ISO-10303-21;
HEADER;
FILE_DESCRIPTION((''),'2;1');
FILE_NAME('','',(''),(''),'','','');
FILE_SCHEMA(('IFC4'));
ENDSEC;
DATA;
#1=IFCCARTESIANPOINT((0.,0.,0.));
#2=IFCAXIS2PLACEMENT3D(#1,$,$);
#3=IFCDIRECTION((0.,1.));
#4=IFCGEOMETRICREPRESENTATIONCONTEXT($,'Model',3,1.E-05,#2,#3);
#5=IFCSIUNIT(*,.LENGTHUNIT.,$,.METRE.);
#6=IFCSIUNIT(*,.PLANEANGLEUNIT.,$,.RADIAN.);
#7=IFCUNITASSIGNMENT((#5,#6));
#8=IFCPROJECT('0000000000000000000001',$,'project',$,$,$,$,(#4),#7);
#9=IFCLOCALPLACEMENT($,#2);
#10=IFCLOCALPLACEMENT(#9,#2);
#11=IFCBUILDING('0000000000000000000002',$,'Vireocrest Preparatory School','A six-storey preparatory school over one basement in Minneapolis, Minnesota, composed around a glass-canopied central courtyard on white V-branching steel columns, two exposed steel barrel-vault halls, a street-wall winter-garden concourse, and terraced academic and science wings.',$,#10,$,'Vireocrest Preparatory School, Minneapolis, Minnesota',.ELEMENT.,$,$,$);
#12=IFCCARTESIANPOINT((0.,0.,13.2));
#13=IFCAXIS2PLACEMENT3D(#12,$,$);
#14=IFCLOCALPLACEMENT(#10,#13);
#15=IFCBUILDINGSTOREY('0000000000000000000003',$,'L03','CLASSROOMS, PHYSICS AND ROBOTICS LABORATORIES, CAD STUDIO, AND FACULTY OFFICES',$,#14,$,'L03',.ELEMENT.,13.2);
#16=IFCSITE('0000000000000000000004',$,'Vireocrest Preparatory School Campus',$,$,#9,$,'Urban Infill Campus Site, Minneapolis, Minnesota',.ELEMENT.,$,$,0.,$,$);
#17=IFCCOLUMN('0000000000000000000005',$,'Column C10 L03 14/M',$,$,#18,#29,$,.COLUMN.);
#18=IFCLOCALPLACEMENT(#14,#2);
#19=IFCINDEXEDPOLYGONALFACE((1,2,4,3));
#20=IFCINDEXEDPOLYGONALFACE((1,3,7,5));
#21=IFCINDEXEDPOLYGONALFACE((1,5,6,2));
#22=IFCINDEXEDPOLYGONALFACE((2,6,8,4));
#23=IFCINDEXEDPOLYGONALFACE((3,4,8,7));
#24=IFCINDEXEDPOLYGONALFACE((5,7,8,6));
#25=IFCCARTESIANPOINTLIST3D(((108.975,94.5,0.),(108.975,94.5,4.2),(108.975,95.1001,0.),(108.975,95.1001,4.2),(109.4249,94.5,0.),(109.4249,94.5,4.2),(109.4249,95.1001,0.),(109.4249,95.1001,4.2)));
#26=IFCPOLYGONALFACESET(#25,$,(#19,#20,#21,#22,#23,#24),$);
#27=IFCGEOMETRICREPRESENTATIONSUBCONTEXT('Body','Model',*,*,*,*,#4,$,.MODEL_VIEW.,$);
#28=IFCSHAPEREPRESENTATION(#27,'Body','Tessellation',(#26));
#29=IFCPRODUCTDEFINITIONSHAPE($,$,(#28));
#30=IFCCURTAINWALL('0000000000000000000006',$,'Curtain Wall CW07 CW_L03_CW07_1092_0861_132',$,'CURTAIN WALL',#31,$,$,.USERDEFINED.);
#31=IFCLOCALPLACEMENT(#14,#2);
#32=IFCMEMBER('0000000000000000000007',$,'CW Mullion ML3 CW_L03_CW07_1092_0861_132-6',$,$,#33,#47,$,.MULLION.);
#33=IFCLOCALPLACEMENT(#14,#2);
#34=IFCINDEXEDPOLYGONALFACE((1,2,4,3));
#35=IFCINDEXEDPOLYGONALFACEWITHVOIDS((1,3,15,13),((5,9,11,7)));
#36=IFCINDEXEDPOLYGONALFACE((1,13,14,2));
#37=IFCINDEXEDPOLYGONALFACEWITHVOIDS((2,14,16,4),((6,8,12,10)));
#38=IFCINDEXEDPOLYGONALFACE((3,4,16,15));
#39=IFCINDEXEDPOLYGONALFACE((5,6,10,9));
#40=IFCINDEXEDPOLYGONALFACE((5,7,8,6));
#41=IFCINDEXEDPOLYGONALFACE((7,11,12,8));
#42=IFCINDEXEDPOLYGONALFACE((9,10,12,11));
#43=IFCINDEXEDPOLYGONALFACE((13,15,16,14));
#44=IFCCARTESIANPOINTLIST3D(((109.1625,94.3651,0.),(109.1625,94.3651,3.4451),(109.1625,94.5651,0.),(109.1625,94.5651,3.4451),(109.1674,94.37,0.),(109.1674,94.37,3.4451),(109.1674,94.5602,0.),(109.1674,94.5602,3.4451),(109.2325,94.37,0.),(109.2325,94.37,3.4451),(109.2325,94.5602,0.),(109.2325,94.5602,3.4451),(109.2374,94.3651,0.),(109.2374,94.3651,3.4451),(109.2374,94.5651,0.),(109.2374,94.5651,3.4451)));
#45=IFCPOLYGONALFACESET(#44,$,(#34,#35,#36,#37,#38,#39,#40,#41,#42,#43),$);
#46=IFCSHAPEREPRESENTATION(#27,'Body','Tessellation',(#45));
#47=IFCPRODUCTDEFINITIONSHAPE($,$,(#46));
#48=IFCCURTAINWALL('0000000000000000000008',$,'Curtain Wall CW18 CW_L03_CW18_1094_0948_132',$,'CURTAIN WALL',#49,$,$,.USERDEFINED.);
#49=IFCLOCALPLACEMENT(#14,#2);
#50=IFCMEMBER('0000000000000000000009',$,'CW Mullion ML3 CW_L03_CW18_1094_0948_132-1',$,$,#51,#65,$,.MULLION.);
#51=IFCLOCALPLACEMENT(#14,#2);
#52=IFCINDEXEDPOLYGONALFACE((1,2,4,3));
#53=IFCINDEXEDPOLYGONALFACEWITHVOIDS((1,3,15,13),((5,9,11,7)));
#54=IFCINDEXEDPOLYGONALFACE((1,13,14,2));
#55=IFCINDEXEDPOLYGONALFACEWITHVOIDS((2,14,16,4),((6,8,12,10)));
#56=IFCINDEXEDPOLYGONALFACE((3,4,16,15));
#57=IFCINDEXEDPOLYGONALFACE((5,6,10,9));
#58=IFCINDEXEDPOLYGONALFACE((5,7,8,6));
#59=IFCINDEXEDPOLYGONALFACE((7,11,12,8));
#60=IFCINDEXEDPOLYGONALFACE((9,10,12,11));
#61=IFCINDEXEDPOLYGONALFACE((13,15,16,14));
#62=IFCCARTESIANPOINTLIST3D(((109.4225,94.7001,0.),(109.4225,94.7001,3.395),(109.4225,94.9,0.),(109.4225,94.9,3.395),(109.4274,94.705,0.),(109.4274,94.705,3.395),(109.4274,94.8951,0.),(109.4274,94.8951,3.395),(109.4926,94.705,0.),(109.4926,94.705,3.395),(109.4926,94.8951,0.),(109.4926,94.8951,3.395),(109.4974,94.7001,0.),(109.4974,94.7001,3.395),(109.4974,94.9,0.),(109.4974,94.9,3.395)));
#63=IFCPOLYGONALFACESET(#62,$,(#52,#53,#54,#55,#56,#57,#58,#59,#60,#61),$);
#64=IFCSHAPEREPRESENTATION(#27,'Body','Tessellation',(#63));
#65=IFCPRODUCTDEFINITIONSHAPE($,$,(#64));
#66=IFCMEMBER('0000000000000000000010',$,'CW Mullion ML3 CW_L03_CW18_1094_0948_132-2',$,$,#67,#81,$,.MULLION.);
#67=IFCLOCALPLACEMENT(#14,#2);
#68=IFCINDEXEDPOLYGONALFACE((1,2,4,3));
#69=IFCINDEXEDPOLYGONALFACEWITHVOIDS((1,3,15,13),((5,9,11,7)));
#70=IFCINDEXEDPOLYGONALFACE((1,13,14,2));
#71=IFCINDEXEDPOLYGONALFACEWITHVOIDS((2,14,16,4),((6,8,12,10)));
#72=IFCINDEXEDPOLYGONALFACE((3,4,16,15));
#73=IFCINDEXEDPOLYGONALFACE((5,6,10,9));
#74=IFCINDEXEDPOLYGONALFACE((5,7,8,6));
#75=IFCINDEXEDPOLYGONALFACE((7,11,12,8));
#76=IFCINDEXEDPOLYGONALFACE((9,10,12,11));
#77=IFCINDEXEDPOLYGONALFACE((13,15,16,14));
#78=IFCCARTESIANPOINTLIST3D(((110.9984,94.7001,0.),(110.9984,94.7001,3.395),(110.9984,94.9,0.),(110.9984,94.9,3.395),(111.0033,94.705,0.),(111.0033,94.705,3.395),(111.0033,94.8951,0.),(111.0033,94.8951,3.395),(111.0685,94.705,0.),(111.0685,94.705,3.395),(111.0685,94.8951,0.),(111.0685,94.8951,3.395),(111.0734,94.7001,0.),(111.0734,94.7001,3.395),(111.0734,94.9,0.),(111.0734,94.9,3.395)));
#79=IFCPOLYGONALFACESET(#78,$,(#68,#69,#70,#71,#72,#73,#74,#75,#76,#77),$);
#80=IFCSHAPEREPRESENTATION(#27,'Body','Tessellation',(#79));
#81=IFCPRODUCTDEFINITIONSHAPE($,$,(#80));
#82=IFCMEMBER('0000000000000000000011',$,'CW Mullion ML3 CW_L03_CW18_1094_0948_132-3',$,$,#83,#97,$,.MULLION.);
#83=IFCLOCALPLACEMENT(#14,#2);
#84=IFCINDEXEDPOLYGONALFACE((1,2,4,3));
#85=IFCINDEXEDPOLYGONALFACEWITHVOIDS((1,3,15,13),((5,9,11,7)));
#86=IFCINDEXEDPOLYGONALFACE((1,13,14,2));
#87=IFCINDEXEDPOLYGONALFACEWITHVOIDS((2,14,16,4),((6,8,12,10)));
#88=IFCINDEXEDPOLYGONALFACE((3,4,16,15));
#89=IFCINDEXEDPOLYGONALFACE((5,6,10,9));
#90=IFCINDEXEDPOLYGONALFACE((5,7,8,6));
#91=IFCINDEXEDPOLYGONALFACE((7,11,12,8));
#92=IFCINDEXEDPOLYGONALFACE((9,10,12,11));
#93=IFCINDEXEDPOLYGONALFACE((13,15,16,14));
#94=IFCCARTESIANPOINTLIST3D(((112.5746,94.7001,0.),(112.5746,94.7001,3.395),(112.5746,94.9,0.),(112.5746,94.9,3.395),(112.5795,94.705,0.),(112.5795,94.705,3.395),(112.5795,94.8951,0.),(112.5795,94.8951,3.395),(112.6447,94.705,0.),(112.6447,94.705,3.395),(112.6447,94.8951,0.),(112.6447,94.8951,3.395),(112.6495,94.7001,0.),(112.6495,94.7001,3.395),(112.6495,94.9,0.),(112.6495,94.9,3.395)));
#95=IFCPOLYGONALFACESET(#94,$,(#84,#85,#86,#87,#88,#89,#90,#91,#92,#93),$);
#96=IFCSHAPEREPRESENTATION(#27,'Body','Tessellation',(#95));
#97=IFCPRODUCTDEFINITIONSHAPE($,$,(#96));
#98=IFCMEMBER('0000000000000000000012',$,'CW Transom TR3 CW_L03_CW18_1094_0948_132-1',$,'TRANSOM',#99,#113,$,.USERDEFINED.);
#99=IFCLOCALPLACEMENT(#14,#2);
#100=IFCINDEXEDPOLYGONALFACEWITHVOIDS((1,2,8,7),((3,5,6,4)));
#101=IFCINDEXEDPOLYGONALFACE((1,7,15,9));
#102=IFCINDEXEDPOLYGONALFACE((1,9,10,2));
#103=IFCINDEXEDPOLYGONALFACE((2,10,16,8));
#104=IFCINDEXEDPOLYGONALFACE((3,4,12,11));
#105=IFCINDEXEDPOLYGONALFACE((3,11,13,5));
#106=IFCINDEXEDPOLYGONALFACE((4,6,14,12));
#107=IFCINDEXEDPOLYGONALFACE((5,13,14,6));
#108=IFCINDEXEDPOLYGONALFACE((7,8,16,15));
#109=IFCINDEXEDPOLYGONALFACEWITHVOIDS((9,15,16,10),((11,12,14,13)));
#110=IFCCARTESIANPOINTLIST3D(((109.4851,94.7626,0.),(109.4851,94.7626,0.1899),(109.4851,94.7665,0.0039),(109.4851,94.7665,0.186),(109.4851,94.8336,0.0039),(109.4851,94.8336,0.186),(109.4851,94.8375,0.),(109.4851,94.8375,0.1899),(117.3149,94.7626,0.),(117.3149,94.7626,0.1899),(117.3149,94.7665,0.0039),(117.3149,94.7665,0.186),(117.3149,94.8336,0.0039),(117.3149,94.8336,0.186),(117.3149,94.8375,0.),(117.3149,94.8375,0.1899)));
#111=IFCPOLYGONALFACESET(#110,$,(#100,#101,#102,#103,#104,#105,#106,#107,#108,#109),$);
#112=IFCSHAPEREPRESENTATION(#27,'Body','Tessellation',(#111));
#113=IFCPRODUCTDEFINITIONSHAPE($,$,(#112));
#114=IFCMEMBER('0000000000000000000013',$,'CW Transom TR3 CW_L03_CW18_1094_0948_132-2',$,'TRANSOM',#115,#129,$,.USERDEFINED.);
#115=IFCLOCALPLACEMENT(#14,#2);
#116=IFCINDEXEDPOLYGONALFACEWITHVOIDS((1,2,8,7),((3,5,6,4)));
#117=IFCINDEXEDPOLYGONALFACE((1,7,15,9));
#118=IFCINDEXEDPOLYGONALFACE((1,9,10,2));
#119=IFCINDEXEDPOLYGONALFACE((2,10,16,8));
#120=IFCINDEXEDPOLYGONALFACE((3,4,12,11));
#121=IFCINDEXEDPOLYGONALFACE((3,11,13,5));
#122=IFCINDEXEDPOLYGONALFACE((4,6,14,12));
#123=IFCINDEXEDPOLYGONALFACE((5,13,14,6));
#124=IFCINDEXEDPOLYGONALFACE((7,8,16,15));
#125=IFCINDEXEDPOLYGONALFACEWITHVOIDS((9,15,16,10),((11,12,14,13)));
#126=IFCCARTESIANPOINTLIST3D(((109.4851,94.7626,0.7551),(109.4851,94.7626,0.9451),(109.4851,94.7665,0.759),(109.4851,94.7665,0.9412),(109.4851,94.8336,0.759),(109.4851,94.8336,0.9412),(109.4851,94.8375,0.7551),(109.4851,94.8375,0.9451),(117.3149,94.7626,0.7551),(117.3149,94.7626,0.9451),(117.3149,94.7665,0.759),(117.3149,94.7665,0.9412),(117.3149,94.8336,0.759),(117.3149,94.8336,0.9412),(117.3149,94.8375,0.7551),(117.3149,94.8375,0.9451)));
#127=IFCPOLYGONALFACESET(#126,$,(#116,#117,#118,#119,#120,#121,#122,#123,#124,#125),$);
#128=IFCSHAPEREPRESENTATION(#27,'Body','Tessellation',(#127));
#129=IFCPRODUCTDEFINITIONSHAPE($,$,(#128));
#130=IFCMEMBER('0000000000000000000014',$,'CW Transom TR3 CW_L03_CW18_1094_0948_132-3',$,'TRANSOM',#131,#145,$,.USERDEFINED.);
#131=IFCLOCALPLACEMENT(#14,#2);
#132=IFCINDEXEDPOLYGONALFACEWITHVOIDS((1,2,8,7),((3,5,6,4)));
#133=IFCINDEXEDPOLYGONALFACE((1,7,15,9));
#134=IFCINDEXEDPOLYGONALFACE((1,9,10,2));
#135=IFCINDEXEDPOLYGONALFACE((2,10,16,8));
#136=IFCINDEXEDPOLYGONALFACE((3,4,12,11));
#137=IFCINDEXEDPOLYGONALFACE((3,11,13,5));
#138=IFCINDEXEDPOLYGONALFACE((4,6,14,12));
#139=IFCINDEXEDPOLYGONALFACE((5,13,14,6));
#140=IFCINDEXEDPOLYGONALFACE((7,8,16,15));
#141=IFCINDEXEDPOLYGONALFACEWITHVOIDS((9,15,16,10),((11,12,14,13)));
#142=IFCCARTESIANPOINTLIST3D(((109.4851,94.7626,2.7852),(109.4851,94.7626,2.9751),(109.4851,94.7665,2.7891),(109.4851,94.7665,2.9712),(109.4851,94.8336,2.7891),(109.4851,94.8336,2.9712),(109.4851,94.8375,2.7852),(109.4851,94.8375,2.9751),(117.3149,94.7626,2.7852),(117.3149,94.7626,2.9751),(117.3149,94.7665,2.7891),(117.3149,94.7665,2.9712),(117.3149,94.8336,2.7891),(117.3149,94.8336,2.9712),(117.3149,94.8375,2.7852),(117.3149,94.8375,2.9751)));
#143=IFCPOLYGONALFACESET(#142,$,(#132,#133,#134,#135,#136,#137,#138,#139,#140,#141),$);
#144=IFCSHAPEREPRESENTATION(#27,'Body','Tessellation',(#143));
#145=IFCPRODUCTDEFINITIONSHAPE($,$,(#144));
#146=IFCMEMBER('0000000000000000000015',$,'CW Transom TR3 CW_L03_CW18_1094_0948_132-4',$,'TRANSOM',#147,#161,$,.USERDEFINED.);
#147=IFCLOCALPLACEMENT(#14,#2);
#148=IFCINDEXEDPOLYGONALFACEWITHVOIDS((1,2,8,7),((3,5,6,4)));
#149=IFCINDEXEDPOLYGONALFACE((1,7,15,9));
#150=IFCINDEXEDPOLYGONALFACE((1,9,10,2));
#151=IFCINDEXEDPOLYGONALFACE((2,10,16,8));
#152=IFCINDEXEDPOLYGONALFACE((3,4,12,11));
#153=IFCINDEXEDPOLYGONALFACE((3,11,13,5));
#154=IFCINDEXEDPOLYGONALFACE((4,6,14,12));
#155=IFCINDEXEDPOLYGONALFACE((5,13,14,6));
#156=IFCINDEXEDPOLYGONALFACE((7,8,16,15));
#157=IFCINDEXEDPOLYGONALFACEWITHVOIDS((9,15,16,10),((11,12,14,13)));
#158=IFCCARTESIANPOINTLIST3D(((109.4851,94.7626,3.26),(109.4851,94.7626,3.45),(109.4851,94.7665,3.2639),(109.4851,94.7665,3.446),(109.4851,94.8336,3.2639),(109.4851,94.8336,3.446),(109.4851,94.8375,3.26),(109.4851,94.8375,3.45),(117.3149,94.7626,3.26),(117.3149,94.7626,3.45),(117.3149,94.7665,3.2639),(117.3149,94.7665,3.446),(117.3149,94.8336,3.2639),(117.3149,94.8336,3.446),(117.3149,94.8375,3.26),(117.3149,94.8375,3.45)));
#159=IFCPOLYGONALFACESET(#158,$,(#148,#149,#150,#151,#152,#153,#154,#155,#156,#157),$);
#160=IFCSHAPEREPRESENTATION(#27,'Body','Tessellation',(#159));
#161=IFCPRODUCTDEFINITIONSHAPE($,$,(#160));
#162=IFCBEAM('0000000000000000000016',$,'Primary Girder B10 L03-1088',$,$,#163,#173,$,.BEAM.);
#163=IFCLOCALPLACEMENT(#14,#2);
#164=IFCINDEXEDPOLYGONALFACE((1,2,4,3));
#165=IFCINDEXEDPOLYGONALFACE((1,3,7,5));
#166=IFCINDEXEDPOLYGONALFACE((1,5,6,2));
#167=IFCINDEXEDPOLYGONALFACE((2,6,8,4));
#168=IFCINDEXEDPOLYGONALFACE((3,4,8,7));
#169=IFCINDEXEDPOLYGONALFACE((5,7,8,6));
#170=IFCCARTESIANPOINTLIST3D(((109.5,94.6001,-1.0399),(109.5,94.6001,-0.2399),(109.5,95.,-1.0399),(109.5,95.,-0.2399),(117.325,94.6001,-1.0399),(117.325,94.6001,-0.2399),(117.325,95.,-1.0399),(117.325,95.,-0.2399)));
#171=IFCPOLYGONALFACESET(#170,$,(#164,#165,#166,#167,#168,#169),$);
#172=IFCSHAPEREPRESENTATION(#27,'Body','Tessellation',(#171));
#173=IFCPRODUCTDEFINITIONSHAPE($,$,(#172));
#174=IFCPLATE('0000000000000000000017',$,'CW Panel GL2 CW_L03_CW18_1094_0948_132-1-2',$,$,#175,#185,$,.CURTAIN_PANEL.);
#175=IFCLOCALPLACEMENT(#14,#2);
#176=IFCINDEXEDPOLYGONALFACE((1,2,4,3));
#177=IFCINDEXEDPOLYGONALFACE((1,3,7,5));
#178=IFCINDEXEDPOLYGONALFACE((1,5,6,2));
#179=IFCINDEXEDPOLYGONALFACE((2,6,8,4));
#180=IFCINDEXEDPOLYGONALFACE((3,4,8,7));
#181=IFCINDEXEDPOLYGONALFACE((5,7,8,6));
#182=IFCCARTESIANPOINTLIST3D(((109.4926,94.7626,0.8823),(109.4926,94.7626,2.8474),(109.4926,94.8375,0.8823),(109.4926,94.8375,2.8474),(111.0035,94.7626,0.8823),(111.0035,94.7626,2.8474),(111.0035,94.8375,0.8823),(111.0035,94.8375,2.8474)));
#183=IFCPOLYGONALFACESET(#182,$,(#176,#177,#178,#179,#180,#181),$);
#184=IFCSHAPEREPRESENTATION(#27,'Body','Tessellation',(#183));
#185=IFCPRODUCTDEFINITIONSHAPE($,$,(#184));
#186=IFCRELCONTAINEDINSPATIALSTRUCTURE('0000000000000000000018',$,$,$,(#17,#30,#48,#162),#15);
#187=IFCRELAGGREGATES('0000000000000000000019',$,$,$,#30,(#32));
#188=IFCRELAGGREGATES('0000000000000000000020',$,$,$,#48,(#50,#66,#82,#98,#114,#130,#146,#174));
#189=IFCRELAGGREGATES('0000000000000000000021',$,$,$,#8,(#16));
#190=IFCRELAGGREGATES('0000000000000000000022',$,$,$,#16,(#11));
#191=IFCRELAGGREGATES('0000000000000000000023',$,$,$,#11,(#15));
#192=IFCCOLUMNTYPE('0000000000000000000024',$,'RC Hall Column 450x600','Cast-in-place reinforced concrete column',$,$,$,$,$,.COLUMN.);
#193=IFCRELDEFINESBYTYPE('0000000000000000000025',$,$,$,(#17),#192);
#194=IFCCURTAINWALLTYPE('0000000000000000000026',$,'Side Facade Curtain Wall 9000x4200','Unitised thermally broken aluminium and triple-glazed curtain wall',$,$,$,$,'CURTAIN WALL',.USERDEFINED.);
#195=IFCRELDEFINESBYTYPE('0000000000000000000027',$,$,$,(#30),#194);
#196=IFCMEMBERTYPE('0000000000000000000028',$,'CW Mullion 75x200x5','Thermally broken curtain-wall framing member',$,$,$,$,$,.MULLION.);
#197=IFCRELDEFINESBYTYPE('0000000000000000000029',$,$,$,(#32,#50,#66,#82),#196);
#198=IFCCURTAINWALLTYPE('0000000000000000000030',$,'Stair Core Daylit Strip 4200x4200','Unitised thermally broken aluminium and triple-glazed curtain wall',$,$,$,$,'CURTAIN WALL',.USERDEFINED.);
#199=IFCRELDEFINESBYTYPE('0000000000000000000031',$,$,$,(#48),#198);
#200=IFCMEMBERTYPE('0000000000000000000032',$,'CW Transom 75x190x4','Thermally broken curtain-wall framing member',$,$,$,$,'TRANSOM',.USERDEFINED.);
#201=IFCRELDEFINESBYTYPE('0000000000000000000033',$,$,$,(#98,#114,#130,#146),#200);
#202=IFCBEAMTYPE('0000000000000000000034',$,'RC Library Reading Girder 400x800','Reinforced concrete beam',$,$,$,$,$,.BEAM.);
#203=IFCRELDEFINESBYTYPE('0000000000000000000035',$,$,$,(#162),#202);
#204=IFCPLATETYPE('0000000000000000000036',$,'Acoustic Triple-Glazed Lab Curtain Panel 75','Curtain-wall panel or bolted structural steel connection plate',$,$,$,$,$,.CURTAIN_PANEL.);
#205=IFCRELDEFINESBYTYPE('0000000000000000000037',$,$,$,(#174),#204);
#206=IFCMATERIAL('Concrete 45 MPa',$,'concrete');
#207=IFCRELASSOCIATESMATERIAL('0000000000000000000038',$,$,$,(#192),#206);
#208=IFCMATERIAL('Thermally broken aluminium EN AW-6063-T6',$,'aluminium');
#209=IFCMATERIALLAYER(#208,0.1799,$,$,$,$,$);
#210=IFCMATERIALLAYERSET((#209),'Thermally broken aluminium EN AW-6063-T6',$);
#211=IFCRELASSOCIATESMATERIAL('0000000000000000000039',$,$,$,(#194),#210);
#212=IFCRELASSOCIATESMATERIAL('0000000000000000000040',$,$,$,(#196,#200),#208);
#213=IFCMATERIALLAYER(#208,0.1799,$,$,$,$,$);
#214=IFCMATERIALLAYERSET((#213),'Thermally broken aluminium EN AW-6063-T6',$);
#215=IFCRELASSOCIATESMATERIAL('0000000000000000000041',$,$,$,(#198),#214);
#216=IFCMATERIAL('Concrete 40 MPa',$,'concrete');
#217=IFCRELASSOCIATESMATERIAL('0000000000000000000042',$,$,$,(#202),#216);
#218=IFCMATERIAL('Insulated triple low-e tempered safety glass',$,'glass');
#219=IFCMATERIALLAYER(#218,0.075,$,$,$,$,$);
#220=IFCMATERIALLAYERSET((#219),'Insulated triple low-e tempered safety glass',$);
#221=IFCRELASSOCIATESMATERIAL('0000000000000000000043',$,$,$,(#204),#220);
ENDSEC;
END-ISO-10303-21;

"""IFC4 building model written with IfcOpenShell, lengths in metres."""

from ifc_helpers import new_model, si_unit, direction, frame, origin, origin_2d, place, context, subcontext, project, spatial, rectangle, hollow_rectangle, extrude, material, layer, layer_set, material_profile, profile_set, type_object, element, aggregate, save


model = new_model("IFC4")

# Units and contexts
model_context = context("Model", 3, precision=1e-05, world=origin(), true_north=direction((0.0, 1.0)))
body_context = subcontext(model_context, "Body", "Model", "MODEL_VIEW")
ifc_project = project(units=[si_unit("LENGTHUNIT", "METRE"), si_unit("PLANEANGLEUNIT", "RADIAN")], contexts=[model_context])

# Site, building, storey
site_placement = place(None, origin())
site = spatial("IfcSite", under=ifc_project, at=site_placement, Name="Vireocrest Preparatory School Campus", LongName="Urban Infill Campus Site, Minneapolis, Minnesota", CompositionType="ELEMENT", RefElevation=0.0)
building_placement = place(site_placement, origin())
building = spatial("IfcBuilding", under=site, at=building_placement, Name="Vireocrest Preparatory School", Description="A six-storey preparatory school over one basement in Minneapolis, Minnesota, composed around a glass-canopied central courtyard on white V-branching steel columns, two exposed steel barrel-vault halls, a street-wall winter-garden concourse, and terraced academic and science wings.", LongName="Vireocrest Preparatory School, Minneapolis, Minnesota", CompositionType="ELEMENT")
storey_placement = place(building_placement, frame((0.0, 0.0, 13.2)))
storey = spatial("IfcBuildingStorey", under=building, at=storey_placement, Name="L03", Description="CLASSROOMS, PHYSICS AND ROBOTICS LABORATORIES, CAD STUDIO, AND FACULTY OFFICES", LongName="L03", CompositionType="ELEMENT", Elevation=13.2)

# Column
ifc_material_1 = material(Name="Concrete 45 MPa", Category="concrete")
ifc_material_profile_1 = material_profile(ifc_material_1, rectangle(XDim=0.45, YDim=0.6001, at=origin_2d()), Name="RC 450x600")
ifc_profile_set_1 = profile_set([ifc_material_profile_1], Name="Concrete 45 MPa")
column_type = type_object("IfcColumnType", Name="RC Hall Column 450x600", Description="Cast-in-place reinforced concrete column", PredefinedType="COLUMN", material=ifc_profile_set_1)
column_placement = place(storey_placement, frame((109.2, 94.8, 0.0), z_axis=(0.0, 0.0, 1.0), x_axis=(1.0, 0.0, 0.0)))
element("IfcColumn", 1, at=column_placement, inside=storey, type_object=column_type, Name="Column C10 L03 14/M", PredefinedType="COLUMN", context=body_context, shape_type="SweptSolid", body=[
    extrude(rectangle(XDim=0.45, YDim=0.6001, at=origin_2d()), origin(), (0.0, 0.0, 1.0), 4.2),
])

# Curtain wall, member
ifc_material_2 = material(Name="Thermally broken aluminium EN AW-6063-T6", Category="aluminium")
ifc_layer_1 = layer(ifc_material_2, 0.1799)
ifc_layer_set_1 = layer_set([ifc_layer_1], Name="Thermally broken aluminium EN AW-6063-T6")
curtain_wall_type_1 = type_object("IfcCurtainWallType", Name="Side Facade Curtain Wall 9000x4200", Description="Unitised thermally broken aluminium and triple-glazed curtain wall", ElementType="CURTAIN WALL", PredefinedType="USERDEFINED", material=ifc_layer_set_1)
curtain_wall_1_placement = place(storey_placement, origin())
curtain_wall_1 = element("IfcCurtainWall", 2, at=curtain_wall_1_placement, inside=storey, type_object=curtain_wall_type_1, Name="Curtain Wall CW07 CW_L03_CW07_1092_0861_132", ObjectType="CURTAIN WALL", PredefinedType="USERDEFINED")
ifc_material_profile_2 = material_profile(ifc_material_2, hollow_rectangle(XDim=0.075, YDim=0.2, WallThickness=0.0049, at=origin_2d()), Name="ALU 75x200x5")
ifc_profile_set_2 = profile_set([ifc_material_profile_2], Name="Thermally broken aluminium EN AW-6063-T6")
member_type_1 = type_object("IfcMemberType", Name="CW Mullion 75x200x5", Description="Thermally broken curtain-wall framing member", PredefinedType="MULLION", material=ifc_profile_set_2)
member_1_placement = place(storey_placement, frame((109.2, 94.4651, 0.0), z_axis=(0.0, 0.0, 1.0), x_axis=(1.0, 0.0, 0.0)))
member_1 = element("IfcMember", 3, at=member_1_placement, type_object=member_type_1, Name="CW Mullion ML3 CW_L03_CW07_1092_0861_132-6", PredefinedType="MULLION", context=body_context, shape_type="SweptSolid", body=[
    extrude(hollow_rectangle(XDim=0.075, YDim=0.2, WallThickness=0.0049, at=origin_2d()), origin(), (0.0, 0.0, 1.0), 3.4451),
])
aggregate(curtain_wall_1, [member_1])

# Curtain wall, members
ifc_layer_2 = layer(ifc_material_2, 0.1799)
ifc_layer_set_2 = layer_set([ifc_layer_2], Name="Thermally broken aluminium EN AW-6063-T6")
curtain_wall_type_2 = type_object("IfcCurtainWallType", Name="Stair Core Daylit Strip 4200x4200", Description="Unitised thermally broken aluminium and triple-glazed curtain wall", ElementType="CURTAIN WALL", PredefinedType="USERDEFINED", material=ifc_layer_set_2)
curtain_wall_2_placement = place(storey_placement, origin())
curtain_wall_2 = element("IfcCurtainWall", 4, at=curtain_wall_2_placement, inside=storey, type_object=curtain_wall_type_2, Name="Curtain Wall CW18 CW_L03_CW18_1094_0948_132", ObjectType="CURTAIN WALL", PredefinedType="USERDEFINED")
member_2_placement = place(storey_placement, frame((109.46, 94.8, 0.0), z_axis=(0.0, 0.0, 1.0), x_axis=(1.0, 0.0, 0.0)))
member_2 = element("IfcMember", 5, at=member_2_placement, type_object=member_type_1, Name="CW Mullion ML3 CW_L03_CW18_1094_0948_132-1", PredefinedType="MULLION", context=body_context, shape_type="SweptSolid", body=[
    extrude(hollow_rectangle(XDim=0.075, YDim=0.2, WallThickness=0.0049, at=origin_2d()), origin(), (0.0, 0.0, 1.0), 3.395),
])
member_3_placement = place(storey_placement, frame((111.0359, 94.8, 0.0), z_axis=(0.0, 0.0, 1.0), x_axis=(1.0, 0.0, 0.0)))
member_3 = element("IfcMember", 6, at=member_3_placement, type_object=member_type_1, Name="CW Mullion ML3 CW_L03_CW18_1094_0948_132-2", PredefinedType="MULLION", context=body_context, shape_type="SweptSolid", body=[
    extrude(hollow_rectangle(XDim=0.075, YDim=0.2, WallThickness=0.0049, at=origin_2d()), origin(), (0.0, 0.0, 1.0), 3.395),
])
member_4_placement = place(storey_placement, frame((112.6121, 94.8, 0.0), z_axis=(0.0, 0.0, 1.0), x_axis=(1.0, 0.0, 0.0)))
member_4 = element("IfcMember", 7, at=member_4_placement, type_object=member_type_1, Name="CW Mullion ML3 CW_L03_CW18_1094_0948_132-3", PredefinedType="MULLION", context=body_context, shape_type="SweptSolid", body=[
    extrude(hollow_rectangle(XDim=0.075, YDim=0.2, WallThickness=0.0049, at=origin_2d()), origin(), (0.0, 0.0, 1.0), 3.395),
])
ifc_material_profile_3 = material_profile(ifc_material_2, hollow_rectangle(XDim=0.075, YDim=0.1899, WallThickness=0.0039, at=origin_2d()), Name="ALU 75x190x4")
ifc_profile_set_3 = profile_set([ifc_material_profile_3], Name="Thermally broken aluminium EN AW-6063-T6")
member_type_2 = type_object("IfcMemberType", Name="CW Transom 75x190x4", Description="Thermally broken curtain-wall framing member", ElementType="TRANSOM", PredefinedType="USERDEFINED", material=ifc_profile_set_3)
member_5_placement = place(storey_placement, frame((109.4851, 94.8, 0.095), z_axis=(1.0, 0.0, 0.0), x_axis=(0.0, 1.0, 0.0)))
member_5 = element("IfcMember", 8, at=member_5_placement, type_object=member_type_2, Name="CW Transom TR3 CW_L03_CW18_1094_0948_132-1", ObjectType="TRANSOM", PredefinedType="USERDEFINED", context=body_context, shape_type="SweptSolid", body=[
    extrude(hollow_rectangle(XDim=0.075, YDim=0.1899, WallThickness=0.0039, at=origin_2d()), origin(), (0.0, 0.0, 1.0), 7.8298),
])
member_6_placement = place(storey_placement, frame((109.4851, 94.8, 0.8501), z_axis=(1.0, 0.0, 0.0), x_axis=(0.0, 1.0, 0.0)))
member_6 = element("IfcMember", 9, at=member_6_placement, type_object=member_type_2, Name="CW Transom TR3 CW_L03_CW18_1094_0948_132-2", ObjectType="TRANSOM", PredefinedType="USERDEFINED", context=body_context, shape_type="SweptSolid", body=[
    extrude(hollow_rectangle(XDim=0.075, YDim=0.1899, WallThickness=0.0039, at=origin_2d()), origin(), (0.0, 0.0, 1.0), 7.8298),
])
member_7_placement = place(storey_placement, frame((109.4851, 94.8, 2.8801), z_axis=(1.0, 0.0, 0.0), x_axis=(0.0, 1.0, 0.0)))
member_7 = element("IfcMember", 10, at=member_7_placement, type_object=member_type_2, Name="CW Transom TR3 CW_L03_CW18_1094_0948_132-3", ObjectType="TRANSOM", PredefinedType="USERDEFINED", context=body_context, shape_type="SweptSolid", body=[
    extrude(hollow_rectangle(XDim=0.075, YDim=0.1899, WallThickness=0.0039, at=origin_2d()), origin(), (0.0, 0.0, 1.0), 7.8298),
])
member_8_placement = place(storey_placement, frame((109.4851, 94.8, 3.355), z_axis=(1.0, 0.0, 0.0), x_axis=(0.0, 1.0, 0.0)))
member_8 = element("IfcMember", 11, at=member_8_placement, type_object=member_type_2, Name="CW Transom TR3 CW_L03_CW18_1094_0948_132-4", ObjectType="TRANSOM", PredefinedType="USERDEFINED", context=body_context, shape_type="SweptSolid", body=[
    extrude(hollow_rectangle(XDim=0.075, YDim=0.1899, WallThickness=0.0039, at=origin_2d()), origin(), (0.0, 0.0, 1.0), 7.8298),
])

# Beam
ifc_material_3 = material(Name="Concrete 40 MPa", Category="concrete")
ifc_material_profile_4 = material_profile(ifc_material_3, rectangle(XDim=0.3999, YDim=0.8, at=origin_2d()), Name="RC 400x800")
ifc_profile_set_4 = profile_set([ifc_material_profile_4], Name="Concrete 40 MPa")
beam_type = type_object("IfcBeamType", Name="RC Library Reading Girder 400x800", Description="Reinforced concrete beam", PredefinedType="BEAM", material=ifc_profile_set_4)
beam_placement = place(storey_placement, frame((109.5, 94.8, -0.6399), z_axis=(1.0, 0.0, 0.0), x_axis=(0.0, 1.0, 0.0)))
element("IfcBeam", 12, at=beam_placement, inside=storey, type_object=beam_type, Name="Primary Girder B10 L03-1088", PredefinedType="BEAM", context=body_context, shape_type="SweptSolid", body=[
    extrude(rectangle(XDim=0.3999, YDim=0.8, at=origin_2d()), origin(), (0.0, 0.0, 1.0), 7.825),
])

# Plate
ifc_material_4 = material(Name="Insulated triple low-e tempered safety glass", Category="glass")
ifc_layer_3 = layer(ifc_material_4, 0.075)
ifc_layer_set_3 = layer_set([ifc_layer_3], Name="Insulated triple low-e tempered safety glass")
plate_type_1 = type_object("IfcPlateType", Name="Acoustic Triple-Glazed Lab Curtain Panel 75", Description="Curtain-wall panel or bolted structural steel connection plate", PredefinedType="CURTAIN_PANEL", material=ifc_layer_set_3)
plate_1_placement = place(storey_placement, frame((110.248, 94.8, 0.8823), z_axis=(0.0, 0.0, 1.0), x_axis=(1.0, 0.0, 0.0)))
plate_1 = element("IfcPlate", 13, at=plate_1_placement, type_object=plate_type_1, Name="CW Panel GL2 CW_L03_CW18_1094_0948_132-1-2", PredefinedType="CURTAIN_PANEL", context=body_context, shape_type="SweptSolid", body=[
    extrude(rectangle(XDim=1.511, YDim=0.075, at=origin_2d()), origin(), (0.0, 0.0, 1.0), 1.9651),
])
aggregate(curtain_wall_2, [member_2, member_3, member_4, member_5, member_6, member_7, member_8, plate_1])

save(model, "model.ifc")
